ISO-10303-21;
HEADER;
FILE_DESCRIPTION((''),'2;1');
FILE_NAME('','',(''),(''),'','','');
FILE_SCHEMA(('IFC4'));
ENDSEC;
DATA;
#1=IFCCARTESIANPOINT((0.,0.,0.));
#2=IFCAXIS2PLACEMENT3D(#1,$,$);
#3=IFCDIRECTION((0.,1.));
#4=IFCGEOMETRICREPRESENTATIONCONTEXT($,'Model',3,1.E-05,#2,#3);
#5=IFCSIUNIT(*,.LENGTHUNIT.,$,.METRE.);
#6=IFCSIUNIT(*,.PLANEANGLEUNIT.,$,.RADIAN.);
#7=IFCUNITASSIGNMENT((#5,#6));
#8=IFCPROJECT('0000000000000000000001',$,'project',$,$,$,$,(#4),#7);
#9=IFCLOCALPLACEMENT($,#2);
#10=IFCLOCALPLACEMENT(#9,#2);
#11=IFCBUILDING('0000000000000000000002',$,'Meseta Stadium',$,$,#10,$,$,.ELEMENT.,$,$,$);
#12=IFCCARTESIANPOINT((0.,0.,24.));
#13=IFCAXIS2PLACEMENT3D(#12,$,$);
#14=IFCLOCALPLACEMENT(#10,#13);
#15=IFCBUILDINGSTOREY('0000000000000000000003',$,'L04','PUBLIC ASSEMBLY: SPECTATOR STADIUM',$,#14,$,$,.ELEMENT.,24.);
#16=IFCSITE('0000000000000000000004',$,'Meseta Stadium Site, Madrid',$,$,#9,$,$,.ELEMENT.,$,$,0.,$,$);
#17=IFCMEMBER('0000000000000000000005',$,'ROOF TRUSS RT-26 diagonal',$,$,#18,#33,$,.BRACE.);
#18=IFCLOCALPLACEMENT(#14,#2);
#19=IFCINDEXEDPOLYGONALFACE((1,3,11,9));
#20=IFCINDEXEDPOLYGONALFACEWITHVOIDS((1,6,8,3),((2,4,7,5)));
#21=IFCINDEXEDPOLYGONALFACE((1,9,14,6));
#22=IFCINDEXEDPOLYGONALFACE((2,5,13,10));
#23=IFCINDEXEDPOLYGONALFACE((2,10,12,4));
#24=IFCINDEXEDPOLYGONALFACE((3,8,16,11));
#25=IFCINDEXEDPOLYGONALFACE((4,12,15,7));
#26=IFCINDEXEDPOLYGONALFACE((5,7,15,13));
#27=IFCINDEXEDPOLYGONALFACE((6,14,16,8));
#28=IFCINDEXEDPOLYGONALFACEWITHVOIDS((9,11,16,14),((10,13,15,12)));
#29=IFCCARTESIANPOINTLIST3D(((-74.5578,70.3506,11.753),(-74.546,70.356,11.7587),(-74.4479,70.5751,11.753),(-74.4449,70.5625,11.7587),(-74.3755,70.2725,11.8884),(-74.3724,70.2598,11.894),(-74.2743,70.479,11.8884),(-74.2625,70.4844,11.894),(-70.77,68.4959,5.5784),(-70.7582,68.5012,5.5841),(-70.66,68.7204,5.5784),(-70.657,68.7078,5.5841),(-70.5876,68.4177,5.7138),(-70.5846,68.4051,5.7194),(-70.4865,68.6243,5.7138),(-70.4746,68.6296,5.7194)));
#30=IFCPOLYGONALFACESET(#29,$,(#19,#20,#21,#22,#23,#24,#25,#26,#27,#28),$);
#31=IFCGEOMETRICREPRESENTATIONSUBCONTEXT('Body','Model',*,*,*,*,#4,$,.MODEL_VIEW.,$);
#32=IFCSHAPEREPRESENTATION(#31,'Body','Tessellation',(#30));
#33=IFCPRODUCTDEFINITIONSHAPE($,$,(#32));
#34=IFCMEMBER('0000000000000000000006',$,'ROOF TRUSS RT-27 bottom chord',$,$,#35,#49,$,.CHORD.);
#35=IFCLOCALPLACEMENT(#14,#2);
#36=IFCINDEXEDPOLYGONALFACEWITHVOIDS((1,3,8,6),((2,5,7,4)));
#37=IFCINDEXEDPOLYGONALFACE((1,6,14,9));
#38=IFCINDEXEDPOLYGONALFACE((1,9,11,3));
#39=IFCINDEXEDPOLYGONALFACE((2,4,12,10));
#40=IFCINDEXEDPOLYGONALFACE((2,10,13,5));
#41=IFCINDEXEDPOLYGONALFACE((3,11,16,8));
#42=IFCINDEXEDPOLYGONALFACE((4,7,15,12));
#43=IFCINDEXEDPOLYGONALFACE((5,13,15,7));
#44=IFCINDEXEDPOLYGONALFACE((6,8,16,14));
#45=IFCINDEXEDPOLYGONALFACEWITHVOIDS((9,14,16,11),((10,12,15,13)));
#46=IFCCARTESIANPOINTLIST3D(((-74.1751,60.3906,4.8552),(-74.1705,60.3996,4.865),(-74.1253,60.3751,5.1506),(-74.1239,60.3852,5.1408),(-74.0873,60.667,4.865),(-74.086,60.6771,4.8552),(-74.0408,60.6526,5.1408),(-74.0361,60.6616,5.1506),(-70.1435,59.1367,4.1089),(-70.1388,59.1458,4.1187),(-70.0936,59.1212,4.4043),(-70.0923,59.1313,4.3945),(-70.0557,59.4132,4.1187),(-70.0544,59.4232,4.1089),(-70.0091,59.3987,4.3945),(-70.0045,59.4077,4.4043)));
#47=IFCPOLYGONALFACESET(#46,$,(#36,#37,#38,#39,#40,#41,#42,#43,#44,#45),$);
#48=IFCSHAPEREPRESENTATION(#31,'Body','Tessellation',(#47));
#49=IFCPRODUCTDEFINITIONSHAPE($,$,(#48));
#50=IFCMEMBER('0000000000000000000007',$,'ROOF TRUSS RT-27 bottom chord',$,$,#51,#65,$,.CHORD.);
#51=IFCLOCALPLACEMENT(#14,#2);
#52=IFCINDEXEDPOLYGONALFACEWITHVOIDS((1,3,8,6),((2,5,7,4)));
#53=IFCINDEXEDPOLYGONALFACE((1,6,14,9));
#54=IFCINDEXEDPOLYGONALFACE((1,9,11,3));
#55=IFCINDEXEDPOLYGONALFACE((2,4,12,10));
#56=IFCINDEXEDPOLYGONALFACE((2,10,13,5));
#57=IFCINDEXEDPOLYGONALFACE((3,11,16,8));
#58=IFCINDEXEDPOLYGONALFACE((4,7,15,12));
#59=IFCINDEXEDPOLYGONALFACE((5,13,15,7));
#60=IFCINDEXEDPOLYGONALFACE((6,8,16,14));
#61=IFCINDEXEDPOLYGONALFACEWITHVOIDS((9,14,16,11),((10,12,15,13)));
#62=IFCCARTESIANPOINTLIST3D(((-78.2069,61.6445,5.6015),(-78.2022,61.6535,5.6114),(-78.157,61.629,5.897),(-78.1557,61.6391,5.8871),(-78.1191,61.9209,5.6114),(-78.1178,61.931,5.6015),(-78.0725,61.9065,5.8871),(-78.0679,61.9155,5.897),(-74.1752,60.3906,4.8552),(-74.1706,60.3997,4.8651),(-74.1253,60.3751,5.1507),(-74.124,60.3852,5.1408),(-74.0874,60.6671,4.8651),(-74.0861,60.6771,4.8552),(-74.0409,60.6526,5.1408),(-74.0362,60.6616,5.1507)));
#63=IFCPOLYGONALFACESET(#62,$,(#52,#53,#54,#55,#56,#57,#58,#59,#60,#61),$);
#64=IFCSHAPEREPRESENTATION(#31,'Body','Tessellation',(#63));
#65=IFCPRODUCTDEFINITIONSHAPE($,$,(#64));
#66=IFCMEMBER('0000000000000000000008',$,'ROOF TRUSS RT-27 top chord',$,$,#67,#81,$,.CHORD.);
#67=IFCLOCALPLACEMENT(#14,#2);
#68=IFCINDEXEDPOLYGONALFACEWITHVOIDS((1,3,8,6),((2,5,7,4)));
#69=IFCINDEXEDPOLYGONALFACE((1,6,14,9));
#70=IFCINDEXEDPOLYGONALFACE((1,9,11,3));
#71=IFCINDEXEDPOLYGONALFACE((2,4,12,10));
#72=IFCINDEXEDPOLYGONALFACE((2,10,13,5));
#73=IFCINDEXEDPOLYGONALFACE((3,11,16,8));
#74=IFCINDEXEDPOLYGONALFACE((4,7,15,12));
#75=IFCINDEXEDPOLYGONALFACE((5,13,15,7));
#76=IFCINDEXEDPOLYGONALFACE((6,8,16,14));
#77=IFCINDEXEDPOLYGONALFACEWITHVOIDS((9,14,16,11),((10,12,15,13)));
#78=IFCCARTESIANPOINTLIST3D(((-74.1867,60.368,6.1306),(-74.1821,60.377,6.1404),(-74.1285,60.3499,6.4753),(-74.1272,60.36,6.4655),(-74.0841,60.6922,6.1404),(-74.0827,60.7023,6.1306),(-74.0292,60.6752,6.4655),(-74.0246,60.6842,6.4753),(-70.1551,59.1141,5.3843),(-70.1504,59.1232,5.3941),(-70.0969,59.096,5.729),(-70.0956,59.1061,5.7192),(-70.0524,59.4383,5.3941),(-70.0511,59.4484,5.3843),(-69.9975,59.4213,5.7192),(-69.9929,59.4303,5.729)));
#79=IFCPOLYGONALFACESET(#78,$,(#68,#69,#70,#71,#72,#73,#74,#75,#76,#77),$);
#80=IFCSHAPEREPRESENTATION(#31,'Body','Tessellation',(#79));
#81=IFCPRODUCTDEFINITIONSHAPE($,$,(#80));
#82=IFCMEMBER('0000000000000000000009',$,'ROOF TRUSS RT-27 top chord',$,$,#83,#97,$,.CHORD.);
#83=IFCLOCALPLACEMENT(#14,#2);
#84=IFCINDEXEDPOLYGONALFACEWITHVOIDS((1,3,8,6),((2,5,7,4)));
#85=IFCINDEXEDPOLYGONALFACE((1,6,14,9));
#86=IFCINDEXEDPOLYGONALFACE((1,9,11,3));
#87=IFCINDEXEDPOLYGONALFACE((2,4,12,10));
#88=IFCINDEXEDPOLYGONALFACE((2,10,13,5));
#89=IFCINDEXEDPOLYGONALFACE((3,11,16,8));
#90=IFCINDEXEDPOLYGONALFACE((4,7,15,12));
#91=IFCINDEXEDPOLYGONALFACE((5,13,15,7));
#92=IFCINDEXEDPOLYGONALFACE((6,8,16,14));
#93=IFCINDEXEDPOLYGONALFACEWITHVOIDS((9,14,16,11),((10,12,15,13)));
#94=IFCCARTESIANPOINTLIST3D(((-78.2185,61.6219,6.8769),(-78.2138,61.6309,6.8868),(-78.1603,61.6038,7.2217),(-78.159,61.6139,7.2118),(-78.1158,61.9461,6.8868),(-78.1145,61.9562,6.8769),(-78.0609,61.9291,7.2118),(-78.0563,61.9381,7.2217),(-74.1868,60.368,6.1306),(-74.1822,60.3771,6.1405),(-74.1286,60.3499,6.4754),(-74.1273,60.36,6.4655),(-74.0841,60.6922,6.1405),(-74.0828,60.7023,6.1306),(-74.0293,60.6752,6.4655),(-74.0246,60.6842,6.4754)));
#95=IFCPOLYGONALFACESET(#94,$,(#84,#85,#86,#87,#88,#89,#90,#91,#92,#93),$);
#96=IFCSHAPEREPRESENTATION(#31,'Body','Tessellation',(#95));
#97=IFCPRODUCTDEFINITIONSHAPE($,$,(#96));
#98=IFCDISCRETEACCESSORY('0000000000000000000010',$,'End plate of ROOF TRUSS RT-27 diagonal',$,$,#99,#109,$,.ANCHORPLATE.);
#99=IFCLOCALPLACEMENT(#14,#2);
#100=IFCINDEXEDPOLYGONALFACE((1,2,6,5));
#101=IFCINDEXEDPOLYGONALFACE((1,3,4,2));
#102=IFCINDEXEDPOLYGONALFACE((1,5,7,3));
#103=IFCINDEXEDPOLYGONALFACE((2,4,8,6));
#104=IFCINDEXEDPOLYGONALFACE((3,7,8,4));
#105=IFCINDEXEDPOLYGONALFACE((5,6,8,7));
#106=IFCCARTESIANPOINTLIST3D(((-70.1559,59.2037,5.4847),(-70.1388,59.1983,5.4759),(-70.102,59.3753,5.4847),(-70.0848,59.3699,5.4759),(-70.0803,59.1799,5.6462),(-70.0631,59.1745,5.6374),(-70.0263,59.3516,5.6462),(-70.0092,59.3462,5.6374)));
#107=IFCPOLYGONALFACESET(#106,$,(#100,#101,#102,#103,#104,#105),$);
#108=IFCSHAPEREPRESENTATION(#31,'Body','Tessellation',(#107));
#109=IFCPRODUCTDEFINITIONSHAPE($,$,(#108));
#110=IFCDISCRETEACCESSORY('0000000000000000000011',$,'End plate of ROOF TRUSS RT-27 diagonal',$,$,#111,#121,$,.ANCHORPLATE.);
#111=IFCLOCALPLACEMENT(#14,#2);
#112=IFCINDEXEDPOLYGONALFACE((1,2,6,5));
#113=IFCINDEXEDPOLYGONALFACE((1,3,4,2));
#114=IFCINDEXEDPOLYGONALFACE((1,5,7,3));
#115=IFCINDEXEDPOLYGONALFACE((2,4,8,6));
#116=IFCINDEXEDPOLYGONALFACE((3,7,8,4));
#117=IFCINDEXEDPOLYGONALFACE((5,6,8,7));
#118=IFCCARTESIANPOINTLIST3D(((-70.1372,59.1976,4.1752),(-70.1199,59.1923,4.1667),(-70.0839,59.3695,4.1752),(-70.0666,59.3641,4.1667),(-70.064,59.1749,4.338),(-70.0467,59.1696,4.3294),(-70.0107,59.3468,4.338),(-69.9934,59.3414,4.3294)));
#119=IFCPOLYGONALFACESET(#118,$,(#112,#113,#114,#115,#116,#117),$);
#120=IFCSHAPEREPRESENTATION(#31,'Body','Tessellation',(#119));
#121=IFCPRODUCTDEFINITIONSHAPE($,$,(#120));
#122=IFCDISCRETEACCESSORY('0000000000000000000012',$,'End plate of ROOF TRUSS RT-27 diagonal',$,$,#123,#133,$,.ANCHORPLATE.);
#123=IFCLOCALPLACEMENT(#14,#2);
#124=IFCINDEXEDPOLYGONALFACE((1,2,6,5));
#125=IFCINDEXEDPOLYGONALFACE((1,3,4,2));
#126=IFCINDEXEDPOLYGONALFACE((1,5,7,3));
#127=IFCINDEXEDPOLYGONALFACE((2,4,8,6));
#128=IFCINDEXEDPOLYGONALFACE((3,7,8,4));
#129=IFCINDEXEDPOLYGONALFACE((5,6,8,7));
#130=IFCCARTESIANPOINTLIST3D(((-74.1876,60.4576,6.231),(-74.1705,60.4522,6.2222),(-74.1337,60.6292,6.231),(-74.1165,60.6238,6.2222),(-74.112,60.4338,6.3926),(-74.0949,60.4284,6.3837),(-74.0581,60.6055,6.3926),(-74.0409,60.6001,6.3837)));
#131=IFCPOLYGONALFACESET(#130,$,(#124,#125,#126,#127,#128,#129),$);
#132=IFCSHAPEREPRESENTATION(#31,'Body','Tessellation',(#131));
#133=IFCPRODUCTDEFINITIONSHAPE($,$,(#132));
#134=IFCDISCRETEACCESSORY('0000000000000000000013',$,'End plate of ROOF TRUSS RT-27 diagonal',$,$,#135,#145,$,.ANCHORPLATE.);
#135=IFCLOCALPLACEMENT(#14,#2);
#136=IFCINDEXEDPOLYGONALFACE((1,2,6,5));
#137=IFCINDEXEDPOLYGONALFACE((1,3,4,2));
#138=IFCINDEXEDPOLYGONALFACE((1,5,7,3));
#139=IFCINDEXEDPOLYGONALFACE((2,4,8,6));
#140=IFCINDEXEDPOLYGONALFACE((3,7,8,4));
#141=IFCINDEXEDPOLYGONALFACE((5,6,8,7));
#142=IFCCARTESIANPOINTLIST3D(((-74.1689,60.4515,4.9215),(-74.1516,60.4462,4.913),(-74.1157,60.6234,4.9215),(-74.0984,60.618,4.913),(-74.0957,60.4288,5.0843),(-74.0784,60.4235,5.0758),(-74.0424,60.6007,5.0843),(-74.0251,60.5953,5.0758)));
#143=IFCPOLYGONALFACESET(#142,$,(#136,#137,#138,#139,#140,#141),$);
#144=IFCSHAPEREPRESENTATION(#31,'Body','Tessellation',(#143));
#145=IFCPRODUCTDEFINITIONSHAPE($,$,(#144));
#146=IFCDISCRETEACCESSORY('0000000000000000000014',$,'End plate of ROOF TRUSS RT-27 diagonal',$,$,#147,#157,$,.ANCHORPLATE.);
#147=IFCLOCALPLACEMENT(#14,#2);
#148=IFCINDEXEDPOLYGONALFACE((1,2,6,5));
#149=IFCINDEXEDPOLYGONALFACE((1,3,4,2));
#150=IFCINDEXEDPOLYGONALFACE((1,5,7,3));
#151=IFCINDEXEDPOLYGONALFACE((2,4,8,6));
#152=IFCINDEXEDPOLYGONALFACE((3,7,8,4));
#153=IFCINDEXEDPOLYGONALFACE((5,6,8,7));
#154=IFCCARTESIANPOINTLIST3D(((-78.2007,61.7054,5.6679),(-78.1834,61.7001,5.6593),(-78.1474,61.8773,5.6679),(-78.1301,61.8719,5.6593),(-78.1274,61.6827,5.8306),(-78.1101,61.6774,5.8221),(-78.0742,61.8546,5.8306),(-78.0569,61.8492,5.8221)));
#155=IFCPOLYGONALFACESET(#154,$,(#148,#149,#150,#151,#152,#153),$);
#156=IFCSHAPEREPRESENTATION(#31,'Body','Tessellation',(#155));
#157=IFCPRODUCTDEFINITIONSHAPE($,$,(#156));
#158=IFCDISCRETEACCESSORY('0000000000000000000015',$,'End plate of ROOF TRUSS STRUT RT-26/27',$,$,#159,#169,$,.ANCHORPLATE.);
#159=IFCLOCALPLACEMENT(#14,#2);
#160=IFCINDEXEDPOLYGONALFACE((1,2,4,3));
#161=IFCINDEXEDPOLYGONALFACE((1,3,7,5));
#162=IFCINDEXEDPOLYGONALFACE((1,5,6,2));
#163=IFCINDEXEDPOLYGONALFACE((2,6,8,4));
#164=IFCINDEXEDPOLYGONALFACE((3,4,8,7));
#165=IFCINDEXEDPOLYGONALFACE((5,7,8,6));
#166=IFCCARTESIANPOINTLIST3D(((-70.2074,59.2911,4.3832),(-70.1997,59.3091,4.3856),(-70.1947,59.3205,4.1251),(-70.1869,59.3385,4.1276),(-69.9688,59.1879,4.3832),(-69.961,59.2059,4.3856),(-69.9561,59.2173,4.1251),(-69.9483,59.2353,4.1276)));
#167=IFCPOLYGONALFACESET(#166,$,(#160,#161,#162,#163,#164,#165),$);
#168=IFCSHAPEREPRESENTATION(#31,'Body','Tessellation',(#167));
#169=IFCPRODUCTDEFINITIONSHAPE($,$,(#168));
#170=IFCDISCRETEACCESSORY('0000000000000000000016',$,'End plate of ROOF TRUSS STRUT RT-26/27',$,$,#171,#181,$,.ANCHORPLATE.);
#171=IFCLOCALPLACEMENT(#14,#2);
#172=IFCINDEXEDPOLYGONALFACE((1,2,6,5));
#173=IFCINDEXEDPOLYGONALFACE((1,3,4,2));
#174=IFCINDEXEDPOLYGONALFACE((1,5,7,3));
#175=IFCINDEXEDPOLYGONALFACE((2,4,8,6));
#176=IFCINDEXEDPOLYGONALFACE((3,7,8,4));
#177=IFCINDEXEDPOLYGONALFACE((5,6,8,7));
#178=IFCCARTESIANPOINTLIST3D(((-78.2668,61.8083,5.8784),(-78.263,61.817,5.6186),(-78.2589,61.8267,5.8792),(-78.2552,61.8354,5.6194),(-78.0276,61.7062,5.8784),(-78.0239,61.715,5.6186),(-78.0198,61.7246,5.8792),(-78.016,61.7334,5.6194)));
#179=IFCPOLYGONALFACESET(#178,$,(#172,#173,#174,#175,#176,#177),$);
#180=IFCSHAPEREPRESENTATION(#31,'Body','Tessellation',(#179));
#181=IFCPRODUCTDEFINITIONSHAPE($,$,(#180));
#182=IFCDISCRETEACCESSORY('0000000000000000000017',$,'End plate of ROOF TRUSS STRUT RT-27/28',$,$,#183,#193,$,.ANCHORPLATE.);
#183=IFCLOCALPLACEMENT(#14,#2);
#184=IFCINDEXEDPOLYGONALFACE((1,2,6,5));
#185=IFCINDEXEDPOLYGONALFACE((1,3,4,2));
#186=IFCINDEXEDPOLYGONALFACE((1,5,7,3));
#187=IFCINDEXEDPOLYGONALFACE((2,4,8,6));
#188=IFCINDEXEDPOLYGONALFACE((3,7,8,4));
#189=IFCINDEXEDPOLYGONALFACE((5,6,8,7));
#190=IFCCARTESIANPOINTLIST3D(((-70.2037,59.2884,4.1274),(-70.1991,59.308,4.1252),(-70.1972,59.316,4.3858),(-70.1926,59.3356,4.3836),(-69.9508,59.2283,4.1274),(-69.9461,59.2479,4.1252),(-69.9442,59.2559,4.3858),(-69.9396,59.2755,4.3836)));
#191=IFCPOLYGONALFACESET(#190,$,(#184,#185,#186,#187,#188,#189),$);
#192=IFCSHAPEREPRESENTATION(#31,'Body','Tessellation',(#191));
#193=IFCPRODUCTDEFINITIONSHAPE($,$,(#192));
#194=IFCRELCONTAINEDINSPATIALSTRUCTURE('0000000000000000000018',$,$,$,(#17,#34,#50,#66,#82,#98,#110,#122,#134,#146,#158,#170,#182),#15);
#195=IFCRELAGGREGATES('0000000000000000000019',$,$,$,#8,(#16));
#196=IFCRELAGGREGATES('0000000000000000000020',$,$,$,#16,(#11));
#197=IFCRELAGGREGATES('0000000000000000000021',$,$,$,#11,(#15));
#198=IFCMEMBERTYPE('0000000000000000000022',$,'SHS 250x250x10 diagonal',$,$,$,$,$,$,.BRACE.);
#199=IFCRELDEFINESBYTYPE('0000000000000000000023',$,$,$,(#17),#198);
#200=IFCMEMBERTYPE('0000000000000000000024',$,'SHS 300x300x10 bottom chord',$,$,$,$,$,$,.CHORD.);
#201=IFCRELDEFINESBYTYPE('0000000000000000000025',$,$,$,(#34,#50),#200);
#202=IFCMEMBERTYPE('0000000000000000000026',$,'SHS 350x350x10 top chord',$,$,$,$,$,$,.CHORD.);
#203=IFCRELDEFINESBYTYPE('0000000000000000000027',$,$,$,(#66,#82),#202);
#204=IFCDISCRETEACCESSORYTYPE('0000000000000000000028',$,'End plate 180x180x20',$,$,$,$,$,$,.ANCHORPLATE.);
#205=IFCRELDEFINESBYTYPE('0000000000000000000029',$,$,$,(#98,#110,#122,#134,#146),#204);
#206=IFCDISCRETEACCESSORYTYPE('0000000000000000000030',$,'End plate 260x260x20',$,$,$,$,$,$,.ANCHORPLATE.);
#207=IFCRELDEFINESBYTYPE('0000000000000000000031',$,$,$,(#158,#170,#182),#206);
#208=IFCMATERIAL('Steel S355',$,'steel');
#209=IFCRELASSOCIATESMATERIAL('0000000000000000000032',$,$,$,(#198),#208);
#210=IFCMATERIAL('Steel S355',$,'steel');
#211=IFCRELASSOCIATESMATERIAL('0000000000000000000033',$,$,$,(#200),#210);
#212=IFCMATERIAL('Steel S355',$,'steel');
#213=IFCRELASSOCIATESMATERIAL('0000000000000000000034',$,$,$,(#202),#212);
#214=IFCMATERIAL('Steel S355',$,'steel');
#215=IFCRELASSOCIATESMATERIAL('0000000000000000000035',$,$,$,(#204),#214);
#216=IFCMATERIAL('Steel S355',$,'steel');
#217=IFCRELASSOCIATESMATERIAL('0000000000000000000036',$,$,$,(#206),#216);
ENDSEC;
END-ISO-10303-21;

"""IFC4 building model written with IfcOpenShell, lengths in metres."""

from ifc_helpers import new_model, si_unit, direction, frame, origin, origin_2d, place, context, subcontext, project, spatial, rectangle, hollow_rectangle, extrude, material, material_profile, profile_set, type_object, element, save


model = new_model("IFC4")

# Units and contexts
model_context = context("Model", 3, precision=1e-05, world=origin(), true_north=direction((0.0, 1.0)))
body_context = subcontext(model_context, "Body", "Model", "MODEL_VIEW")
ifc_project = project(units=[si_unit("LENGTHUNIT", "METRE"), si_unit("PLANEANGLEUNIT", "RADIAN")], contexts=[model_context])

# Site, building, storey
site_placement = place(None, origin())
site = spatial("IfcSite", under=ifc_project, at=site_placement, Name="Meseta Stadium Site, Madrid", CompositionType="ELEMENT", RefElevation=0.0)
building_placement = place(site_placement, origin())
building = spatial("IfcBuilding", under=site, at=building_placement, Name="Meseta Stadium", CompositionType="ELEMENT")
storey_placement = place(building_placement, frame((0.0, 0.0, 24.0)))
storey = spatial("IfcBuildingStorey", under=building, at=storey_placement, Name="L04", Description="PUBLIC ASSEMBLY: SPECTATOR STADIUM", CompositionType="ELEMENT", Elevation=24.0)

# Members
ifc_material_1 = material(Name="Steel S355", Category="steel")
ifc_material_profile_1 = material_profile(ifc_material_1, hollow_rectangle(XDim=0.25, YDim=0.25, WallThickness=0.01, at=origin_2d()), Name="SHS 250x250x10")
ifc_profile_set_1 = profile_set([ifc_material_profile_1], Name="Steel S355")
member_type_1 = type_object("IfcMemberType", Name="SHS 250x250x10 diagonal", PredefinedType="BRACE", material=ifc_profile_set_1)
member_1_placement = place(storey_placement, frame((-70.6223, 68.5627, 5.6489), z_axis=(-0.506565, 0.248042, 0.825752), x_axis=(-0.439765, -0.898113, 0.0)))
element("IfcMember", 1, at=member_1_placement, inside=storey, type_object=member_type_1, Name="ROOF TRUSS RT-26 diagonal", PredefinedType="BRACE", context=body_context, shape_type="SweptSolid", body=[
    extrude(hollow_rectangle(XDim=0.25, YDim=0.25, WallThickness=0.01, at=origin_2d()), origin(), (0.0, 0.0, 1.0), 7.4775),
])
ifc_material_2 = material(Name="Steel S355", Category="steel")
ifc_material_profile_2 = material_profile(ifc_material_2, hollow_rectangle(XDim=0.3, YDim=0.3, WallThickness=0.01, at=origin_2d()), Name="SHS 300x300x10")
ifc_profile_set_2 = profile_set([ifc_material_profile_2], Name="Steel S355")
member_type_2 = type_object("IfcMemberType", Name="SHS 300x300x10 bottom chord", PredefinedType="CHORD", material=ifc_profile_set_2)
for number, where, z_axis, x_axis, name in (
    (2, (-70.074, 59.2722, 4.2566), (-0.940307, 0.292444, 0.174066), (-0.296978, -0.954884, 0.0), "ROOF TRUSS RT-27 bottom chord"),
    (3, (-74.1057, 60.5261, 5.0029), (-0.940307, 0.292444, 0.174066), (-0.296978, -0.954884, 0.0), "ROOF TRUSS RT-27 bottom chord"),
):
    element("IfcMember", number, at=place(storey_placement, frame(where, z_axis=z_axis, x_axis=x_axis)), inside=storey, type_object=member_type_2, Name=name, PredefinedType="CHORD", context=body_context, shape_type="SweptSolid", body=[
        extrude(hollow_rectangle(XDim=0.3, YDim=0.3, WallThickness=0.01, at=origin_2d()), origin(), (0.0, 0.0, 1.0), 4.2876),
    ])
ifc_material_3 = material(Name="Steel S355", Category="steel")
ifc_material_profile_3 = material_profile(ifc_material_3, hollow_rectangle(XDim=0.3501, YDim=0.3501, WallThickness=0.01, at=origin_2d()), Name="SHS 350x350x10")
ifc_profile_set_3 = profile_set([ifc_material_profile_3], Name="Steel S355")
member_type_3 = type_object("IfcMemberType", Name="SHS 350x350x10 top chord", PredefinedType="CHORD", material=ifc_profile_set_3)
for number, where, z_axis, x_axis, name in (
    (4, (-70.074, 59.2722, 5.5566), (-0.940307, 0.292444, 0.174066), (-0.296978, -0.954884, 0.0), "ROOF TRUSS RT-27 top chord"),
    (5, (-74.1057, 60.5261, 6.303), (-0.940307, 0.292444, 0.174066), (-0.296978, -0.954884, 0.0), "ROOF TRUSS RT-27 top chord"),
):
    element("IfcMember", number, at=place(storey_placement, frame(where, z_axis=z_axis, x_axis=x_axis)), inside=storey, type_object=member_type_3, Name=name, PredefinedType="CHORD", context=body_context, shape_type="SweptSolid", body=[
        extrude(hollow_rectangle(XDim=0.3501, YDim=0.3501, WallThickness=0.01, at=origin_2d()), origin(), (0.0, 0.0, 1.0), 4.2876),
    ])

# Discrete accessories
ifc_material_4 = material(Name="Steel S355", Category="steel")
ifc_material_profile_4 = material_profile(ifc_material_4, rectangle(XDim=0.1799, YDim=0.1799, at=origin_2d()), Name="PL 180x180")
ifc_profile_set_4 = profile_set([ifc_material_profile_4], Name="Steel S355")
discrete_accessory_type_1 = type_object("IfcDiscreteAccessoryType", Name="End plate 180x180x20", PredefinedType="ANCHORPLATE", material=ifc_profile_set_4)
for number, where, z_axis, x_axis, name in (
    (6, (-70.074, 59.2722, 5.5566), (-0.856465, 0.269175, 0.440468), (-0.299827, -0.953994, 0.0), "End plate of ROOF TRUSS RT-27 diagonal"),
    (7, (-70.0566, 59.2668, 4.248), (-0.864184, 0.267775, 0.426006), (-0.295976, -0.955195, 0.0), "End plate of ROOF TRUSS RT-27 diagonal"),
    (8, (-74.1057, 60.5261, 6.303), (-0.856465, 0.269175, 0.440468), (-0.299827, -0.953994, 0.0), "End plate of ROOF TRUSS RT-27 diagonal"),
    (9, (-74.0884, 60.5208, 4.9944), (-0.864184, 0.267775, 0.426006), (-0.295976, -0.955195, 0.0), "End plate of ROOF TRUSS RT-27 diagonal"),
    (10, (-78.1201, 61.7747, 5.7407), (-0.864184, 0.267775, 0.426006), (-0.295976, -0.955195, 0.0), "End plate of ROOF TRUSS RT-27 diagonal"),
):
    element("IfcDiscreteAccessory", number, at=place(storey_placement, frame(where, z_axis=z_axis, x_axis=x_axis)), inside=storey, type_object=discrete_accessory_type_1, Name=name, PredefinedType="ANCHORPLATE", context=body_context, shape_type="SweptSolid", body=[
        extrude(rectangle(XDim=0.1799, YDim=0.1799, at=origin_2d()), origin(), (0.0, 0.0, 1.0), 0.02),
    ])
ifc_material_5 = material(Name="Steel S355", Category="steel")
ifc_material_profile_5 = material_profile(ifc_material_5, rectangle(XDim=0.26, YDim=0.26, at=origin_2d()), Name="PL 260x260")
ifc_profile_set_5 = profile_set([ifc_material_profile_5], Name="Steel S355")
discrete_accessory_type_2 = type_object("IfcDiscreteAccessoryType", Name="End plate 260x260x20", PredefinedType="ANCHORPLATE", material=ifc_profile_set_5)
discrete_accessory_1_placement = place(storey_placement, frame((-70.074, 59.2722, 4.2566), z_axis=(-0.393893, -0.910877, -0.123091), x_axis=(0.917857, -0.396911, 0.0)))
element("IfcDiscreteAccessory", 11, at=discrete_accessory_1_placement, inside=storey, type_object=discrete_accessory_type_2, Name="End plate of ROOF TRUSS STRUT RT-26/27", PredefinedType="ANCHORPLATE", context=body_context, shape_type="SweptSolid", body=[
    extrude(rectangle(XDim=0.26, YDim=0.26, at=origin_2d()), origin(), (0.0, 0.0, 1.0), 0.0198),
])
discrete_accessory_2_placement = place(storey_placement, frame((-78.1375, 61.78, 5.7493), z_axis=(-0.392173, -0.919156, -0.036766), x_axis=(0.919778, -0.392439, 0.0)))
element("IfcDiscreteAccessory", 12, at=discrete_accessory_2_placement, inside=storey, type_object=discrete_accessory_type_2, Name="End plate of ROOF TRUSS STRUT RT-26/27", PredefinedType="ANCHORPLATE", context=body_context, shape_type="SweptSolid", body=[
    extrude(rectangle(XDim=0.26, YDim=0.26, at=origin_2d()), origin(), (0.0, 0.0, 1.0), 0.02),
])
discrete_accessory_3_placement = place(storey_placement, frame((-70.0693, 59.2917, 4.2544), z_axis=(-0.229701, -0.96716, 0.108806), x_axis=(0.972937, -0.231072, 0.0)))
element("IfcDiscreteAccessory", 13, at=discrete_accessory_3_placement, inside=storey, type_object=discrete_accessory_type_2, Name="End plate of ROOF TRUSS STRUT RT-27/28", PredefinedType="ANCHORPLATE", context=body_context, shape_type="SweptSolid", body=[
    extrude(rectangle(XDim=0.26, YDim=0.26, at=origin_2d()), origin(), (0.0, 0.0, 1.0), 0.0203),
])

save(model, "model.ifc")
